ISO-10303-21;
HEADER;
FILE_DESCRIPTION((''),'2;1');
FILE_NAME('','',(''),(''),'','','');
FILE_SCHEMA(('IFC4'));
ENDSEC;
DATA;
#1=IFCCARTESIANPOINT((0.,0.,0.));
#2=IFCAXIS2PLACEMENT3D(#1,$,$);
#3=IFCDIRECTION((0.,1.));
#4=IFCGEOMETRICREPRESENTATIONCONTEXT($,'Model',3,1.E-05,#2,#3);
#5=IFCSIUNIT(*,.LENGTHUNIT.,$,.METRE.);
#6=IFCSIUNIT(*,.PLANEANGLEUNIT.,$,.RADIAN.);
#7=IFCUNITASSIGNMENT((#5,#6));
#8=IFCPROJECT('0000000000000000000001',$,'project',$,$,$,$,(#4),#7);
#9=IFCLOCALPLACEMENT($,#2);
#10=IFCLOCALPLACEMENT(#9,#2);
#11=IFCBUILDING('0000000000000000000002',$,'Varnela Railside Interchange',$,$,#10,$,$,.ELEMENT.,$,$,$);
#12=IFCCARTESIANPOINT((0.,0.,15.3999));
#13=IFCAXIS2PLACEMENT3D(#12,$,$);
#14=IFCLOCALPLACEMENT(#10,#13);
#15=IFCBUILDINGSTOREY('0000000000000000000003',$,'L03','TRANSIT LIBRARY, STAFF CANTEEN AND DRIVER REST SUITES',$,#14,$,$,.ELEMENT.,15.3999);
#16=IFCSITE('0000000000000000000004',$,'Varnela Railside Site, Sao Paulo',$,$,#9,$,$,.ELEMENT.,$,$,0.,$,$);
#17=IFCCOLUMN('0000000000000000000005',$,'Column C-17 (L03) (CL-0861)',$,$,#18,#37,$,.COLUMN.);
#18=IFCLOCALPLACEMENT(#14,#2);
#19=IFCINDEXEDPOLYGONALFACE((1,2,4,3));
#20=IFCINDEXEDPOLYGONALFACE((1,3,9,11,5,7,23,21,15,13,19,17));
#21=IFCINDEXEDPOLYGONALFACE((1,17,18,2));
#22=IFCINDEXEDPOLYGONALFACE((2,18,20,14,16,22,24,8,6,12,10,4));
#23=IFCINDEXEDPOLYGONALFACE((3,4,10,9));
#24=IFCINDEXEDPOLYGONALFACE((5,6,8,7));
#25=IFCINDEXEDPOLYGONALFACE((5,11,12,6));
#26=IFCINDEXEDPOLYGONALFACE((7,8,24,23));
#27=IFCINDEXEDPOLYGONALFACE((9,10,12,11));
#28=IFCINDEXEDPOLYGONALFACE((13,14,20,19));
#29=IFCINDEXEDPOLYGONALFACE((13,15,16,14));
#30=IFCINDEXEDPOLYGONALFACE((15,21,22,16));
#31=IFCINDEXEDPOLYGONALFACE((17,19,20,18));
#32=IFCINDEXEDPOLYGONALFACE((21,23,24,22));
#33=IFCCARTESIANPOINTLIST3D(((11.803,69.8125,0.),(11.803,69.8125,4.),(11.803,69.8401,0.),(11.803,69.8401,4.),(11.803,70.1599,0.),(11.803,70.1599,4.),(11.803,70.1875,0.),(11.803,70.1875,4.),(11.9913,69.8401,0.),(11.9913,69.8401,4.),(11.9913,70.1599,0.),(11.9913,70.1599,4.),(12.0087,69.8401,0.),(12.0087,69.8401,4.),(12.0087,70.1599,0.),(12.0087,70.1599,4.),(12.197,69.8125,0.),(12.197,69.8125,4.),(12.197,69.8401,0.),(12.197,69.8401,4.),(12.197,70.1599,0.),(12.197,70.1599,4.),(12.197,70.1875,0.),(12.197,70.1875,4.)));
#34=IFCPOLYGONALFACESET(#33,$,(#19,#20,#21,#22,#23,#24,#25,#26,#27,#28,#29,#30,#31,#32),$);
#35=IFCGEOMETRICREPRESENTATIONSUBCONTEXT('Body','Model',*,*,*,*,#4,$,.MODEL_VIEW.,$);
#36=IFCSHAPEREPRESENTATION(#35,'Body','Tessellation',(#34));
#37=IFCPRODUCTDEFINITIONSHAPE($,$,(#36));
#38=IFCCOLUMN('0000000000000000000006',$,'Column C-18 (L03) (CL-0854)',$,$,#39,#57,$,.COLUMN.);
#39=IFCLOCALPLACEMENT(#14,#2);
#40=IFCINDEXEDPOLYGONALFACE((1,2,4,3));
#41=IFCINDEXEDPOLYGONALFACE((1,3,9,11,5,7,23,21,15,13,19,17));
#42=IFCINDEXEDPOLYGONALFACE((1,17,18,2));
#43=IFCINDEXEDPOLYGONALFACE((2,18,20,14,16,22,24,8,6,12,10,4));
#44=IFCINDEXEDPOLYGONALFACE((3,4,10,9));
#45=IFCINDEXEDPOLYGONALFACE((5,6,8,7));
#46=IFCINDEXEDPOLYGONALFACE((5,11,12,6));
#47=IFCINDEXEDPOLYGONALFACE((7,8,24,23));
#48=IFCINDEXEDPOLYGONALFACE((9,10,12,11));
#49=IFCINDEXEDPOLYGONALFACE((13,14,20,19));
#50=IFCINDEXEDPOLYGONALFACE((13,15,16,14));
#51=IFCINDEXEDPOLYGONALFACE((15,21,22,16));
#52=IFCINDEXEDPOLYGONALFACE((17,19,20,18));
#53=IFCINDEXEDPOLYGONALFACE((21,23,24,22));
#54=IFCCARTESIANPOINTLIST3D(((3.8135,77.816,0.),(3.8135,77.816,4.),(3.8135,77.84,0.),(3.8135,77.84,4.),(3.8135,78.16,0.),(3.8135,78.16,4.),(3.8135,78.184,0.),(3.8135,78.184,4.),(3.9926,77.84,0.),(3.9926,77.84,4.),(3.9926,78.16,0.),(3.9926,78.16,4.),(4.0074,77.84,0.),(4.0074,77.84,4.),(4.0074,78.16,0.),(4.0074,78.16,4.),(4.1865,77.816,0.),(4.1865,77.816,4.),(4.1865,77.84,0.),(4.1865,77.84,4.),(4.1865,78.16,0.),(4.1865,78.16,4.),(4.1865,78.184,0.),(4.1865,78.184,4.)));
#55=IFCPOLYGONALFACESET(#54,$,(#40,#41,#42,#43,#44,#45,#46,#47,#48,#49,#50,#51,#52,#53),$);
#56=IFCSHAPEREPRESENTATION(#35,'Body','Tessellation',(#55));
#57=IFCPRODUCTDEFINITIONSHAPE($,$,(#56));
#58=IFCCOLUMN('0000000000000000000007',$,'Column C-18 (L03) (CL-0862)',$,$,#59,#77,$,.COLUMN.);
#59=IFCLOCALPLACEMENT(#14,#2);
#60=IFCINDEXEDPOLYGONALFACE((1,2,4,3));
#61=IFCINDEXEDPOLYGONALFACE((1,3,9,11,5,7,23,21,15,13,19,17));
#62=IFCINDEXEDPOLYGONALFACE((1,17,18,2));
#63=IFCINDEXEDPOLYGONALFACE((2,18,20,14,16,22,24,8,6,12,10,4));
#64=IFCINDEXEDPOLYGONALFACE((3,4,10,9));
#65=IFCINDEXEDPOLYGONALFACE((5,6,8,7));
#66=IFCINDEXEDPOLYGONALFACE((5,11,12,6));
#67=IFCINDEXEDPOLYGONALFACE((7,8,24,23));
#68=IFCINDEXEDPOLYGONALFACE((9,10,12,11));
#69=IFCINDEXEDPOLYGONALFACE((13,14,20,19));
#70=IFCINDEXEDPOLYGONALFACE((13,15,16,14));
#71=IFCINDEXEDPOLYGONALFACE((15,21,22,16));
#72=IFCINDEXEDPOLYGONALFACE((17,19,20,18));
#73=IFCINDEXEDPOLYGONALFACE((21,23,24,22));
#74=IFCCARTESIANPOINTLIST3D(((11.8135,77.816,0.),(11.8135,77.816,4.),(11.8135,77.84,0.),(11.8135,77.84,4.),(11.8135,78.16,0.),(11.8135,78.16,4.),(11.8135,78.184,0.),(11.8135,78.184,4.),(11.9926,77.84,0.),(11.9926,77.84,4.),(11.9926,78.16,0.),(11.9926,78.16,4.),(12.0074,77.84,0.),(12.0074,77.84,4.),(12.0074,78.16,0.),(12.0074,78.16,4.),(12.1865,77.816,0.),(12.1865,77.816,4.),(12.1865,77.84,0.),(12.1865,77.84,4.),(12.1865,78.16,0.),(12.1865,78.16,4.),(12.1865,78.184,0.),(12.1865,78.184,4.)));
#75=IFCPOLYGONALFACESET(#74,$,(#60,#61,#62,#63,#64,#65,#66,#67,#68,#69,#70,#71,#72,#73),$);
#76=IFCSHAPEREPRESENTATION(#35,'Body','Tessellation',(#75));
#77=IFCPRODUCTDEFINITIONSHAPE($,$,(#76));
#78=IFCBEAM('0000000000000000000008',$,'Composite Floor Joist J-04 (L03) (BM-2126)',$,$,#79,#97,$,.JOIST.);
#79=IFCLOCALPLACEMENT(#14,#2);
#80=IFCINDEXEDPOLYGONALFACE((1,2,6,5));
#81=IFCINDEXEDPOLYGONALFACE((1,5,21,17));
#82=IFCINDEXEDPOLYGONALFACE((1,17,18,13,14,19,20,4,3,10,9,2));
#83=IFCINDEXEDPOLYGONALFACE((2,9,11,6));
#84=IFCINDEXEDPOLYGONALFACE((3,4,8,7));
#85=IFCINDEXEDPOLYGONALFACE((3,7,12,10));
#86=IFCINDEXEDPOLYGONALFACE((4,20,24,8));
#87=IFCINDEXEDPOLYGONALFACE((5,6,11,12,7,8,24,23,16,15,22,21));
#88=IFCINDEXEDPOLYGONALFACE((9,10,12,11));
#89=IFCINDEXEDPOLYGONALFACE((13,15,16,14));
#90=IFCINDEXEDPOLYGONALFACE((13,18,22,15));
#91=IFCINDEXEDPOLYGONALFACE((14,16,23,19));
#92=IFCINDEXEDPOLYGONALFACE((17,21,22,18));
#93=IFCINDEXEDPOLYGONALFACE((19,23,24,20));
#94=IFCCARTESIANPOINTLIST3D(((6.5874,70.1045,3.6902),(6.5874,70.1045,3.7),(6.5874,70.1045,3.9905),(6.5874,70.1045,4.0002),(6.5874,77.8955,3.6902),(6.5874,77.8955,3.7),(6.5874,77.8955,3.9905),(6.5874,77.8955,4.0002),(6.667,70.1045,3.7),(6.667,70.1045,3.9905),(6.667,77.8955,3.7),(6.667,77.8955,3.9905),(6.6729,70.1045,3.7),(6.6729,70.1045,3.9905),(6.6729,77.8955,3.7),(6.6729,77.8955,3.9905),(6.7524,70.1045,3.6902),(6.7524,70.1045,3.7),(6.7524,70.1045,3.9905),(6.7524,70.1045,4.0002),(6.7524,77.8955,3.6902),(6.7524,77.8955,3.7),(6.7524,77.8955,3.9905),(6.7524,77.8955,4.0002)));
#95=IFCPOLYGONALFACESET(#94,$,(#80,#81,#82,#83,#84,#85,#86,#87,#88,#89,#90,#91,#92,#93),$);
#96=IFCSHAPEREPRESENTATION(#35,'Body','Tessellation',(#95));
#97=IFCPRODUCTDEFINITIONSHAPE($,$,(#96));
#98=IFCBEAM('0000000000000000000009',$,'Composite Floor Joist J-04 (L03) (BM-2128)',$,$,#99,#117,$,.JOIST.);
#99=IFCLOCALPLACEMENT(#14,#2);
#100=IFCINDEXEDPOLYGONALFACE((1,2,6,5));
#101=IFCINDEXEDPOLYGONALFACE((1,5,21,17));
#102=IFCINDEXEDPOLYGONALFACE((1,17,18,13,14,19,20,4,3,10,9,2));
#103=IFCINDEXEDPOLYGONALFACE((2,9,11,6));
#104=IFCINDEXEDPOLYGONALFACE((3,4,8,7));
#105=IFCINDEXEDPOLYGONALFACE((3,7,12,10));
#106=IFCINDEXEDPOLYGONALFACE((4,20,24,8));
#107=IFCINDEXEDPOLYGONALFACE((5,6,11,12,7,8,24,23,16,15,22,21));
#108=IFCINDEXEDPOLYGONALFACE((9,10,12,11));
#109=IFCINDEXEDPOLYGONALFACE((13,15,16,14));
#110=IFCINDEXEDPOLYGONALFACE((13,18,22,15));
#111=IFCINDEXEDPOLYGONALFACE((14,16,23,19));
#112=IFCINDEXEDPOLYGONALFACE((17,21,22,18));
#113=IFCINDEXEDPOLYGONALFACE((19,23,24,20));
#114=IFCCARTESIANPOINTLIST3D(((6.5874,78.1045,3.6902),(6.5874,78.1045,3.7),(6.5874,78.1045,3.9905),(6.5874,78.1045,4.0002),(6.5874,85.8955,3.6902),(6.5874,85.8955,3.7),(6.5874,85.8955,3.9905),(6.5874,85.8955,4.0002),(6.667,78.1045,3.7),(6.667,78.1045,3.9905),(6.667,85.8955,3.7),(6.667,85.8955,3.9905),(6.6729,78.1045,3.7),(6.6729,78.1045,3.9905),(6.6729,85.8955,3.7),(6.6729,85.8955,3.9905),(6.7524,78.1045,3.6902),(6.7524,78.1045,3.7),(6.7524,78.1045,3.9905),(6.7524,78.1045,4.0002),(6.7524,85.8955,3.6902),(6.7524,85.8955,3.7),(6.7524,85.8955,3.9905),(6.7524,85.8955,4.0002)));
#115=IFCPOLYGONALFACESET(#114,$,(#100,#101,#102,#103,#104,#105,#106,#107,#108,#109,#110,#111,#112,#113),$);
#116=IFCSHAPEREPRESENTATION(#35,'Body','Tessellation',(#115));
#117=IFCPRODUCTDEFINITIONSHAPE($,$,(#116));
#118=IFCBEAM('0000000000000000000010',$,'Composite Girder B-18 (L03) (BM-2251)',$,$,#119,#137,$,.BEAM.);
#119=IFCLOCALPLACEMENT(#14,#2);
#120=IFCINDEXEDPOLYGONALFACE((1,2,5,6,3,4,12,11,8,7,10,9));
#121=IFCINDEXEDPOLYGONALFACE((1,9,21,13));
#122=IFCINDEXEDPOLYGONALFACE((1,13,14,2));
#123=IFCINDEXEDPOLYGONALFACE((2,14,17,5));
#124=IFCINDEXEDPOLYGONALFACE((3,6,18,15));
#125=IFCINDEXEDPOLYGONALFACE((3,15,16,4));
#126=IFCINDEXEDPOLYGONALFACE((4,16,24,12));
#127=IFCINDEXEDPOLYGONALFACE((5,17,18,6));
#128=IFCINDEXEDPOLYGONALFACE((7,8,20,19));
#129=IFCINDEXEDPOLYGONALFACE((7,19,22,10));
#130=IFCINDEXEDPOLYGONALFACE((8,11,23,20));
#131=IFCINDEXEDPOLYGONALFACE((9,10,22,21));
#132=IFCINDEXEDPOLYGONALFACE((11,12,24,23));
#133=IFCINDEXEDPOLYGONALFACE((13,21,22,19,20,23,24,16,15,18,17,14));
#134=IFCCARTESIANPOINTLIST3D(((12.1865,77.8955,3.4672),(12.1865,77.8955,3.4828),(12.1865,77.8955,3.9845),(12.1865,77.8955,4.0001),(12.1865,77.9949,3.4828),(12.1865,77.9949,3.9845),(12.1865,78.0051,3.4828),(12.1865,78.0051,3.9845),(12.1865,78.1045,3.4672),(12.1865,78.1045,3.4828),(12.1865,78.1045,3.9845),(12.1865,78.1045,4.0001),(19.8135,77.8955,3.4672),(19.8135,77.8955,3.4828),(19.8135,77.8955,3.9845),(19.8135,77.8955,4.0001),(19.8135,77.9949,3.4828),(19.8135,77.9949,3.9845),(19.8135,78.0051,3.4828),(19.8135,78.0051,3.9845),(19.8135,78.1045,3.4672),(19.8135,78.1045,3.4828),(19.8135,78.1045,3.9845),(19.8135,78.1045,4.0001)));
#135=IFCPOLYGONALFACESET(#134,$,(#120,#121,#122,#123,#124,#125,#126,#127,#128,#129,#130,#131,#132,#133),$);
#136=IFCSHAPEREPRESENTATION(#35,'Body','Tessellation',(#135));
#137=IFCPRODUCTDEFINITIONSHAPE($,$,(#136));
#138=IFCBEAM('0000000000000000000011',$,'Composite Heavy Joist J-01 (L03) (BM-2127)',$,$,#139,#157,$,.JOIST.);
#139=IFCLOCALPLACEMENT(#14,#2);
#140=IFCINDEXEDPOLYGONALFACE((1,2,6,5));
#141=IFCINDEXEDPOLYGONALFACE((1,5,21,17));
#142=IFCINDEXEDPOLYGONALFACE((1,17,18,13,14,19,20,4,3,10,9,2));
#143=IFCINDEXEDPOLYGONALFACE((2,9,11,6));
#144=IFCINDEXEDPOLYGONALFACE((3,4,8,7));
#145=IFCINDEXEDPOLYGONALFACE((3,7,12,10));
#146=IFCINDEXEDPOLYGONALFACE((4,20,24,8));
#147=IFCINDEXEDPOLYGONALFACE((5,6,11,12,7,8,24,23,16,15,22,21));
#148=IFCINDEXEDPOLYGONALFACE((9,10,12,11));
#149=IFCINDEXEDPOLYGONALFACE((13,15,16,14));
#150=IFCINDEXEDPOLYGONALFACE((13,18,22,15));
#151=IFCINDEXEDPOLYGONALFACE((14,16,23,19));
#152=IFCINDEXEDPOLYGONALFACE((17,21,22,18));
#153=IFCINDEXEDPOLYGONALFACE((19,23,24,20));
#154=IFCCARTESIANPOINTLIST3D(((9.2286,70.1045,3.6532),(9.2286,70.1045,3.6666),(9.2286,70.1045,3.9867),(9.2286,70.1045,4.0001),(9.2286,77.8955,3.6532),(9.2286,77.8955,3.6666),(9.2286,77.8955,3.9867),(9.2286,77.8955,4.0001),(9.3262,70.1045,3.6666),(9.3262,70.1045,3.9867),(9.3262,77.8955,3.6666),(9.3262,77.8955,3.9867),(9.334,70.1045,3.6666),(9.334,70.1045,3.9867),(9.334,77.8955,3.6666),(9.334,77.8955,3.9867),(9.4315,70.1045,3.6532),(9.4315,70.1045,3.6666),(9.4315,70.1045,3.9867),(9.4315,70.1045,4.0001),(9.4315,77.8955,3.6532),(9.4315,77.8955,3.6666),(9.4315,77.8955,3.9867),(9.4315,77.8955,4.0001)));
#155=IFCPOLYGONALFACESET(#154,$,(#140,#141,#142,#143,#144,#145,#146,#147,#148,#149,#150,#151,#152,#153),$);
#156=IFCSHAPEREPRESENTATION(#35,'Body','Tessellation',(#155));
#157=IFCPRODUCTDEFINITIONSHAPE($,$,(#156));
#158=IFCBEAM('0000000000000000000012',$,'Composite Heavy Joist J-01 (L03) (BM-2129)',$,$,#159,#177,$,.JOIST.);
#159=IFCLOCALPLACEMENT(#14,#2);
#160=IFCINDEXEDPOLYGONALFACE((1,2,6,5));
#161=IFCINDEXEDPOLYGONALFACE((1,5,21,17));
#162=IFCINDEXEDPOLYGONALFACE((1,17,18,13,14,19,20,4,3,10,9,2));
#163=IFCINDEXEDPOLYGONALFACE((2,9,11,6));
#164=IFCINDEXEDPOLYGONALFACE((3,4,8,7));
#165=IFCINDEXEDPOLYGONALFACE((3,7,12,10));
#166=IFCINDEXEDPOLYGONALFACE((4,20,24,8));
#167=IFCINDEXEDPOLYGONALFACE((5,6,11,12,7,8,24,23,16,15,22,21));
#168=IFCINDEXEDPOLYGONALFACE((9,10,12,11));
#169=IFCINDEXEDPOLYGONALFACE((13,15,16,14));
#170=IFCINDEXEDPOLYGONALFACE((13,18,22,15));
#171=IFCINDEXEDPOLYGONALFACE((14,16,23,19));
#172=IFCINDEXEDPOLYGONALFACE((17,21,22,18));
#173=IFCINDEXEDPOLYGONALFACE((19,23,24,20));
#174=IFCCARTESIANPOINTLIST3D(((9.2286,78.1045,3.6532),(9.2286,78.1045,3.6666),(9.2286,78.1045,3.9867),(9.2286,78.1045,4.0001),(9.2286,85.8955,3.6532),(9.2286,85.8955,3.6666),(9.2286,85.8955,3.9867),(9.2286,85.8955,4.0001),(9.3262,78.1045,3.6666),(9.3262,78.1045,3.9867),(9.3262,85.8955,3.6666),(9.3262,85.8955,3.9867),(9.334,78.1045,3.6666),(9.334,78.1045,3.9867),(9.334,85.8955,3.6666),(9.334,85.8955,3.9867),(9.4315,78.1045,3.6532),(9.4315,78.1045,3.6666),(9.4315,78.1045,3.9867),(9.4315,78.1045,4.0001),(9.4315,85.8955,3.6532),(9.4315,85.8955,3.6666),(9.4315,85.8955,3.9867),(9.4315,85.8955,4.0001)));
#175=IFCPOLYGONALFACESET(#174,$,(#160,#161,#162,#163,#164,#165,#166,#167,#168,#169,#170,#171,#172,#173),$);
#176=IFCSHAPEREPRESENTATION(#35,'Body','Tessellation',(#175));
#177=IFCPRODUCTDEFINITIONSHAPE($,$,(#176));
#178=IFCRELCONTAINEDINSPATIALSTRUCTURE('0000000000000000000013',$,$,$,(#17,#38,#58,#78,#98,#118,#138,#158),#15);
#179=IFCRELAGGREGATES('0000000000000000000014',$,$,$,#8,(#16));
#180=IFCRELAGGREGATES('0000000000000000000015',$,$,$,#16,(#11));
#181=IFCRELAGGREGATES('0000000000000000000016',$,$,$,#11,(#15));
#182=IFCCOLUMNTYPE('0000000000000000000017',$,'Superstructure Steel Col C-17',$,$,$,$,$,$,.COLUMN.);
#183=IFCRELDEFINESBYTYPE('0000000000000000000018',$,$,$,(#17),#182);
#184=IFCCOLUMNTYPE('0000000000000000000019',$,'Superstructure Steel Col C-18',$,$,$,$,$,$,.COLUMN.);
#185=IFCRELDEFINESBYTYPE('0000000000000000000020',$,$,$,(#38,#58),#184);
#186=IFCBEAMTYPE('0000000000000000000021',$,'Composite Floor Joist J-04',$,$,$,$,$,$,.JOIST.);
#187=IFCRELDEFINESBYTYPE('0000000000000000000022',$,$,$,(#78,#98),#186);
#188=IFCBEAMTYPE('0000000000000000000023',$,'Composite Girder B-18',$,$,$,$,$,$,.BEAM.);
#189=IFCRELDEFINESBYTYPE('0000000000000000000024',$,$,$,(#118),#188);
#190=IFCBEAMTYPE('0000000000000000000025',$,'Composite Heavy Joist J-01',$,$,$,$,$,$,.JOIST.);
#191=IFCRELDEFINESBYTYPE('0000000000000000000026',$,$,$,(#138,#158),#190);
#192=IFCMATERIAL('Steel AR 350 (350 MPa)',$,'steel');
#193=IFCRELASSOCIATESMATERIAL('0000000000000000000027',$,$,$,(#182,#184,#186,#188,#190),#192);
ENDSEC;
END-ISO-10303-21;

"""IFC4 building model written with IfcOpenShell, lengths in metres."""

from ifc_helpers import new_model, si_unit, direction, frame, origin, origin_2d, place, context, subcontext, project, spatial, i_section, extrude, material, material_profile, profile_set, type_object, element, save


model = new_model("IFC4")

# Units and contexts
model_context = context("Model", 3, precision=1e-05, world=origin(), true_north=direction((0.0, 1.0)))
body_context = subcontext(model_context, "Body", "Model", "MODEL_VIEW")
ifc_project = project(units=[si_unit("LENGTHUNIT", "METRE"), si_unit("PLANEANGLEUNIT", "RADIAN")], contexts=[model_context])

# Site, building, storey
site_placement = place(None, origin())
site = spatial("IfcSite", under=ifc_project, at=site_placement, Name="Varnela Railside Site, Sao Paulo", CompositionType="ELEMENT", RefElevation=0.0)
building_placement = place(site_placement, origin())
building = spatial("IfcBuilding", under=site, at=building_placement, Name="Varnela Railside Interchange", CompositionType="ELEMENT")
storey_placement = place(building_placement, frame((0.0, 0.0, 15.3999)))
storey = spatial("IfcBuildingStorey", under=building, at=storey_placement, Name="L03", Description="TRANSIT LIBRARY, STAFF CANTEEN AND DRIVER REST SUITES", CompositionType="ELEMENT", Elevation=15.3999)

# Columns
ifc_material_1 = material(Name="Steel AR 350 (350 MPa)", Category="steel")
ifc_material_profile_1 = material_profile(ifc_material_1, i_section(OverallWidth=0.394, OverallDepth=0.375, WebThickness=0.0173, FlangeThickness=0.0276, at=origin_2d()), Name="W360x216")
ifc_profile_set_1 = profile_set([ifc_material_profile_1], Name="Steel AR 350 (350 MPa)")
column_type_1 = type_object("IfcColumnType", Name="Superstructure Steel Col C-17", PredefinedType="COLUMN", material=ifc_profile_set_1)
column_placement = place(storey_placement, frame((12.0, 70.0, 0.0), z_axis=(0.0, 0.0, 1.0), x_axis=(1.0, 0.0, 0.0)))
element("IfcColumn", 1, at=column_placement, inside=storey, type_object=column_type_1, Name="Column C-17 (L03) (CL-0861)", PredefinedType="COLUMN", context=body_context, shape_type="SweptSolid", body=[
    extrude(i_section(OverallWidth=0.394, OverallDepth=0.375, WebThickness=0.0173, FlangeThickness=0.0276, at=origin_2d()), origin(), (0.0, 0.0, 1.0), 4.0),
])
ifc_material_profile_2 = material_profile(ifc_material_1, i_section(OverallWidth=0.373, OverallDepth=0.3679, WebThickness=0.0149, FlangeThickness=0.0239, at=origin_2d()), Name="W360x179")
ifc_profile_set_2 = profile_set([ifc_material_profile_2], Name="Steel AR 350 (350 MPa)")
column_type_2 = type_object("IfcColumnType", Name="Superstructure Steel Col C-18", PredefinedType="COLUMN", material=ifc_profile_set_2)
for number, where, z_axis, x_axis, name in (
    (2, (4.0, 78.0, 0.0), (0.0, 0.0, 1.0), (1.0, 0.0, 0.0), "Column C-18 (L03) (CL-0854)"),
    (3, (12.0, 78.0, 0.0), (0.0, 0.0, 1.0), (1.0, 0.0, 0.0), "Column C-18 (L03) (CL-0862)"),
):
    element("IfcColumn", number, at=place(storey_placement, frame(where, z_axis=z_axis, x_axis=x_axis)), inside=storey, type_object=column_type_2, Name=name, PredefinedType="COLUMN", context=body_context, shape_type="SweptSolid", body=[
        extrude(i_section(OverallWidth=0.373, OverallDepth=0.3679, WebThickness=0.0149, FlangeThickness=0.0239, at=origin_2d()), origin(), (0.0, 0.0, 1.0), 4.0),
    ])

# Beams
ifc_material_profile_3 = material_profile(ifc_material_1, i_section(OverallWidth=0.165, OverallDepth=0.3101, WebThickness=0.0059, FlangeThickness=0.0098, at=origin_2d()), Name="W310x38.7")
ifc_profile_set_3 = profile_set([ifc_material_profile_3], Name="Steel AR 350 (350 MPa)")
beam_type_1 = type_object("IfcBeamType", Name="Composite Floor Joist J-04", PredefinedType="JOIST", material=ifc_profile_set_3)
for number, where, z_axis, x_axis, name in (
    (4, (6.6699, 70.1045, 3.8452), (0.0, 1.0, 0.0), (-1.0, 0.0, 0.0), "Composite Floor Joist J-04 (L03) (BM-2126)"),
    (5, (6.6699, 78.1045, 3.8452), (0.0, 1.0, 0.0), (-1.0, 0.0, 0.0), "Composite Floor Joist J-04 (L03) (BM-2128)"),
):
    element("IfcBeam", number, at=place(storey_placement, frame(where, z_axis=z_axis, x_axis=x_axis)), inside=storey, type_object=beam_type_1, Name=name, PredefinedType="JOIST", context=body_context, shape_type="SweptSolid", body=[
        extrude(i_section(OverallWidth=0.165, OverallDepth=0.3101, WebThickness=0.0059, FlangeThickness=0.0098, at=origin_2d()), origin(), (0.0, 0.0, 1.0), 7.791),
    ])
ifc_material_profile_4 = material_profile(ifc_material_1, i_section(OverallWidth=0.209, OverallDepth=0.533, WebThickness=0.0103, FlangeThickness=0.0156, at=origin_2d()), Name="W530x92")
ifc_profile_set_4 = profile_set([ifc_material_profile_4], Name="Steel AR 350 (350 MPa)")
beam_type_2 = type_object("IfcBeamType", Name="Composite Girder B-18", PredefinedType="BEAM", material=ifc_profile_set_4)
beam_1_placement = place(storey_placement, frame((12.1865, 78.0, 3.7336), z_axis=(1.0, 0.0, 0.0), x_axis=(0.0, 1.0, 0.0)))
element("IfcBeam", 6, at=beam_1_placement, inside=storey, type_object=beam_type_2, Name="Composite Girder B-18 (L03) (BM-2251)", PredefinedType="BEAM", context=body_context, shape_type="SweptSolid", body=[
    extrude(i_section(OverallWidth=0.209, OverallDepth=0.533, WebThickness=0.0103, FlangeThickness=0.0156, at=origin_2d()), origin(), (0.0, 0.0, 1.0), 7.627),
])
ifc_material_profile_5 = material_profile(ifc_material_1, i_section(OverallWidth=0.2029, OverallDepth=0.3469, WebThickness=0.0078, FlangeThickness=0.0134, at=origin_2d()), Name="W360x64")
ifc_profile_set_5 = profile_set([ifc_material_profile_5], Name="Steel AR 350 (350 MPa)")
beam_type_3 = type_object("IfcBeamType", Name="Composite Heavy Joist J-01", PredefinedType="JOIST", material=ifc_profile_set_5)
for number, where, z_axis, x_axis, name in (
    (7, (9.3301, 70.1045, 3.8267), (0.0, 1.0, 0.0), (-1.0, 0.0, 0.0), "Composite Heavy Joist J-01 (L03) (BM-2127)"),
    (8, (9.3301, 78.1045, 3.8267), (0.0, 1.0, 0.0), (-1.0, 0.0, 0.0), "Composite Heavy Joist J-01 (L03) (BM-2129)"),
):
    element("IfcBeam", number, at=place(storey_placement, frame(where, z_axis=z_axis, x_axis=x_axis)), inside=storey, type_object=beam_type_3, Name=name, PredefinedType="JOIST", context=body_context, shape_type="SweptSolid", body=[
        extrude(i_section(OverallWidth=0.2029, OverallDepth=0.3469, WebThickness=0.0078, FlangeThickness=0.0134, at=origin_2d()), origin(), (0.0, 0.0, 1.0), 7.791),
    ])

save(model, "model.ifc")
